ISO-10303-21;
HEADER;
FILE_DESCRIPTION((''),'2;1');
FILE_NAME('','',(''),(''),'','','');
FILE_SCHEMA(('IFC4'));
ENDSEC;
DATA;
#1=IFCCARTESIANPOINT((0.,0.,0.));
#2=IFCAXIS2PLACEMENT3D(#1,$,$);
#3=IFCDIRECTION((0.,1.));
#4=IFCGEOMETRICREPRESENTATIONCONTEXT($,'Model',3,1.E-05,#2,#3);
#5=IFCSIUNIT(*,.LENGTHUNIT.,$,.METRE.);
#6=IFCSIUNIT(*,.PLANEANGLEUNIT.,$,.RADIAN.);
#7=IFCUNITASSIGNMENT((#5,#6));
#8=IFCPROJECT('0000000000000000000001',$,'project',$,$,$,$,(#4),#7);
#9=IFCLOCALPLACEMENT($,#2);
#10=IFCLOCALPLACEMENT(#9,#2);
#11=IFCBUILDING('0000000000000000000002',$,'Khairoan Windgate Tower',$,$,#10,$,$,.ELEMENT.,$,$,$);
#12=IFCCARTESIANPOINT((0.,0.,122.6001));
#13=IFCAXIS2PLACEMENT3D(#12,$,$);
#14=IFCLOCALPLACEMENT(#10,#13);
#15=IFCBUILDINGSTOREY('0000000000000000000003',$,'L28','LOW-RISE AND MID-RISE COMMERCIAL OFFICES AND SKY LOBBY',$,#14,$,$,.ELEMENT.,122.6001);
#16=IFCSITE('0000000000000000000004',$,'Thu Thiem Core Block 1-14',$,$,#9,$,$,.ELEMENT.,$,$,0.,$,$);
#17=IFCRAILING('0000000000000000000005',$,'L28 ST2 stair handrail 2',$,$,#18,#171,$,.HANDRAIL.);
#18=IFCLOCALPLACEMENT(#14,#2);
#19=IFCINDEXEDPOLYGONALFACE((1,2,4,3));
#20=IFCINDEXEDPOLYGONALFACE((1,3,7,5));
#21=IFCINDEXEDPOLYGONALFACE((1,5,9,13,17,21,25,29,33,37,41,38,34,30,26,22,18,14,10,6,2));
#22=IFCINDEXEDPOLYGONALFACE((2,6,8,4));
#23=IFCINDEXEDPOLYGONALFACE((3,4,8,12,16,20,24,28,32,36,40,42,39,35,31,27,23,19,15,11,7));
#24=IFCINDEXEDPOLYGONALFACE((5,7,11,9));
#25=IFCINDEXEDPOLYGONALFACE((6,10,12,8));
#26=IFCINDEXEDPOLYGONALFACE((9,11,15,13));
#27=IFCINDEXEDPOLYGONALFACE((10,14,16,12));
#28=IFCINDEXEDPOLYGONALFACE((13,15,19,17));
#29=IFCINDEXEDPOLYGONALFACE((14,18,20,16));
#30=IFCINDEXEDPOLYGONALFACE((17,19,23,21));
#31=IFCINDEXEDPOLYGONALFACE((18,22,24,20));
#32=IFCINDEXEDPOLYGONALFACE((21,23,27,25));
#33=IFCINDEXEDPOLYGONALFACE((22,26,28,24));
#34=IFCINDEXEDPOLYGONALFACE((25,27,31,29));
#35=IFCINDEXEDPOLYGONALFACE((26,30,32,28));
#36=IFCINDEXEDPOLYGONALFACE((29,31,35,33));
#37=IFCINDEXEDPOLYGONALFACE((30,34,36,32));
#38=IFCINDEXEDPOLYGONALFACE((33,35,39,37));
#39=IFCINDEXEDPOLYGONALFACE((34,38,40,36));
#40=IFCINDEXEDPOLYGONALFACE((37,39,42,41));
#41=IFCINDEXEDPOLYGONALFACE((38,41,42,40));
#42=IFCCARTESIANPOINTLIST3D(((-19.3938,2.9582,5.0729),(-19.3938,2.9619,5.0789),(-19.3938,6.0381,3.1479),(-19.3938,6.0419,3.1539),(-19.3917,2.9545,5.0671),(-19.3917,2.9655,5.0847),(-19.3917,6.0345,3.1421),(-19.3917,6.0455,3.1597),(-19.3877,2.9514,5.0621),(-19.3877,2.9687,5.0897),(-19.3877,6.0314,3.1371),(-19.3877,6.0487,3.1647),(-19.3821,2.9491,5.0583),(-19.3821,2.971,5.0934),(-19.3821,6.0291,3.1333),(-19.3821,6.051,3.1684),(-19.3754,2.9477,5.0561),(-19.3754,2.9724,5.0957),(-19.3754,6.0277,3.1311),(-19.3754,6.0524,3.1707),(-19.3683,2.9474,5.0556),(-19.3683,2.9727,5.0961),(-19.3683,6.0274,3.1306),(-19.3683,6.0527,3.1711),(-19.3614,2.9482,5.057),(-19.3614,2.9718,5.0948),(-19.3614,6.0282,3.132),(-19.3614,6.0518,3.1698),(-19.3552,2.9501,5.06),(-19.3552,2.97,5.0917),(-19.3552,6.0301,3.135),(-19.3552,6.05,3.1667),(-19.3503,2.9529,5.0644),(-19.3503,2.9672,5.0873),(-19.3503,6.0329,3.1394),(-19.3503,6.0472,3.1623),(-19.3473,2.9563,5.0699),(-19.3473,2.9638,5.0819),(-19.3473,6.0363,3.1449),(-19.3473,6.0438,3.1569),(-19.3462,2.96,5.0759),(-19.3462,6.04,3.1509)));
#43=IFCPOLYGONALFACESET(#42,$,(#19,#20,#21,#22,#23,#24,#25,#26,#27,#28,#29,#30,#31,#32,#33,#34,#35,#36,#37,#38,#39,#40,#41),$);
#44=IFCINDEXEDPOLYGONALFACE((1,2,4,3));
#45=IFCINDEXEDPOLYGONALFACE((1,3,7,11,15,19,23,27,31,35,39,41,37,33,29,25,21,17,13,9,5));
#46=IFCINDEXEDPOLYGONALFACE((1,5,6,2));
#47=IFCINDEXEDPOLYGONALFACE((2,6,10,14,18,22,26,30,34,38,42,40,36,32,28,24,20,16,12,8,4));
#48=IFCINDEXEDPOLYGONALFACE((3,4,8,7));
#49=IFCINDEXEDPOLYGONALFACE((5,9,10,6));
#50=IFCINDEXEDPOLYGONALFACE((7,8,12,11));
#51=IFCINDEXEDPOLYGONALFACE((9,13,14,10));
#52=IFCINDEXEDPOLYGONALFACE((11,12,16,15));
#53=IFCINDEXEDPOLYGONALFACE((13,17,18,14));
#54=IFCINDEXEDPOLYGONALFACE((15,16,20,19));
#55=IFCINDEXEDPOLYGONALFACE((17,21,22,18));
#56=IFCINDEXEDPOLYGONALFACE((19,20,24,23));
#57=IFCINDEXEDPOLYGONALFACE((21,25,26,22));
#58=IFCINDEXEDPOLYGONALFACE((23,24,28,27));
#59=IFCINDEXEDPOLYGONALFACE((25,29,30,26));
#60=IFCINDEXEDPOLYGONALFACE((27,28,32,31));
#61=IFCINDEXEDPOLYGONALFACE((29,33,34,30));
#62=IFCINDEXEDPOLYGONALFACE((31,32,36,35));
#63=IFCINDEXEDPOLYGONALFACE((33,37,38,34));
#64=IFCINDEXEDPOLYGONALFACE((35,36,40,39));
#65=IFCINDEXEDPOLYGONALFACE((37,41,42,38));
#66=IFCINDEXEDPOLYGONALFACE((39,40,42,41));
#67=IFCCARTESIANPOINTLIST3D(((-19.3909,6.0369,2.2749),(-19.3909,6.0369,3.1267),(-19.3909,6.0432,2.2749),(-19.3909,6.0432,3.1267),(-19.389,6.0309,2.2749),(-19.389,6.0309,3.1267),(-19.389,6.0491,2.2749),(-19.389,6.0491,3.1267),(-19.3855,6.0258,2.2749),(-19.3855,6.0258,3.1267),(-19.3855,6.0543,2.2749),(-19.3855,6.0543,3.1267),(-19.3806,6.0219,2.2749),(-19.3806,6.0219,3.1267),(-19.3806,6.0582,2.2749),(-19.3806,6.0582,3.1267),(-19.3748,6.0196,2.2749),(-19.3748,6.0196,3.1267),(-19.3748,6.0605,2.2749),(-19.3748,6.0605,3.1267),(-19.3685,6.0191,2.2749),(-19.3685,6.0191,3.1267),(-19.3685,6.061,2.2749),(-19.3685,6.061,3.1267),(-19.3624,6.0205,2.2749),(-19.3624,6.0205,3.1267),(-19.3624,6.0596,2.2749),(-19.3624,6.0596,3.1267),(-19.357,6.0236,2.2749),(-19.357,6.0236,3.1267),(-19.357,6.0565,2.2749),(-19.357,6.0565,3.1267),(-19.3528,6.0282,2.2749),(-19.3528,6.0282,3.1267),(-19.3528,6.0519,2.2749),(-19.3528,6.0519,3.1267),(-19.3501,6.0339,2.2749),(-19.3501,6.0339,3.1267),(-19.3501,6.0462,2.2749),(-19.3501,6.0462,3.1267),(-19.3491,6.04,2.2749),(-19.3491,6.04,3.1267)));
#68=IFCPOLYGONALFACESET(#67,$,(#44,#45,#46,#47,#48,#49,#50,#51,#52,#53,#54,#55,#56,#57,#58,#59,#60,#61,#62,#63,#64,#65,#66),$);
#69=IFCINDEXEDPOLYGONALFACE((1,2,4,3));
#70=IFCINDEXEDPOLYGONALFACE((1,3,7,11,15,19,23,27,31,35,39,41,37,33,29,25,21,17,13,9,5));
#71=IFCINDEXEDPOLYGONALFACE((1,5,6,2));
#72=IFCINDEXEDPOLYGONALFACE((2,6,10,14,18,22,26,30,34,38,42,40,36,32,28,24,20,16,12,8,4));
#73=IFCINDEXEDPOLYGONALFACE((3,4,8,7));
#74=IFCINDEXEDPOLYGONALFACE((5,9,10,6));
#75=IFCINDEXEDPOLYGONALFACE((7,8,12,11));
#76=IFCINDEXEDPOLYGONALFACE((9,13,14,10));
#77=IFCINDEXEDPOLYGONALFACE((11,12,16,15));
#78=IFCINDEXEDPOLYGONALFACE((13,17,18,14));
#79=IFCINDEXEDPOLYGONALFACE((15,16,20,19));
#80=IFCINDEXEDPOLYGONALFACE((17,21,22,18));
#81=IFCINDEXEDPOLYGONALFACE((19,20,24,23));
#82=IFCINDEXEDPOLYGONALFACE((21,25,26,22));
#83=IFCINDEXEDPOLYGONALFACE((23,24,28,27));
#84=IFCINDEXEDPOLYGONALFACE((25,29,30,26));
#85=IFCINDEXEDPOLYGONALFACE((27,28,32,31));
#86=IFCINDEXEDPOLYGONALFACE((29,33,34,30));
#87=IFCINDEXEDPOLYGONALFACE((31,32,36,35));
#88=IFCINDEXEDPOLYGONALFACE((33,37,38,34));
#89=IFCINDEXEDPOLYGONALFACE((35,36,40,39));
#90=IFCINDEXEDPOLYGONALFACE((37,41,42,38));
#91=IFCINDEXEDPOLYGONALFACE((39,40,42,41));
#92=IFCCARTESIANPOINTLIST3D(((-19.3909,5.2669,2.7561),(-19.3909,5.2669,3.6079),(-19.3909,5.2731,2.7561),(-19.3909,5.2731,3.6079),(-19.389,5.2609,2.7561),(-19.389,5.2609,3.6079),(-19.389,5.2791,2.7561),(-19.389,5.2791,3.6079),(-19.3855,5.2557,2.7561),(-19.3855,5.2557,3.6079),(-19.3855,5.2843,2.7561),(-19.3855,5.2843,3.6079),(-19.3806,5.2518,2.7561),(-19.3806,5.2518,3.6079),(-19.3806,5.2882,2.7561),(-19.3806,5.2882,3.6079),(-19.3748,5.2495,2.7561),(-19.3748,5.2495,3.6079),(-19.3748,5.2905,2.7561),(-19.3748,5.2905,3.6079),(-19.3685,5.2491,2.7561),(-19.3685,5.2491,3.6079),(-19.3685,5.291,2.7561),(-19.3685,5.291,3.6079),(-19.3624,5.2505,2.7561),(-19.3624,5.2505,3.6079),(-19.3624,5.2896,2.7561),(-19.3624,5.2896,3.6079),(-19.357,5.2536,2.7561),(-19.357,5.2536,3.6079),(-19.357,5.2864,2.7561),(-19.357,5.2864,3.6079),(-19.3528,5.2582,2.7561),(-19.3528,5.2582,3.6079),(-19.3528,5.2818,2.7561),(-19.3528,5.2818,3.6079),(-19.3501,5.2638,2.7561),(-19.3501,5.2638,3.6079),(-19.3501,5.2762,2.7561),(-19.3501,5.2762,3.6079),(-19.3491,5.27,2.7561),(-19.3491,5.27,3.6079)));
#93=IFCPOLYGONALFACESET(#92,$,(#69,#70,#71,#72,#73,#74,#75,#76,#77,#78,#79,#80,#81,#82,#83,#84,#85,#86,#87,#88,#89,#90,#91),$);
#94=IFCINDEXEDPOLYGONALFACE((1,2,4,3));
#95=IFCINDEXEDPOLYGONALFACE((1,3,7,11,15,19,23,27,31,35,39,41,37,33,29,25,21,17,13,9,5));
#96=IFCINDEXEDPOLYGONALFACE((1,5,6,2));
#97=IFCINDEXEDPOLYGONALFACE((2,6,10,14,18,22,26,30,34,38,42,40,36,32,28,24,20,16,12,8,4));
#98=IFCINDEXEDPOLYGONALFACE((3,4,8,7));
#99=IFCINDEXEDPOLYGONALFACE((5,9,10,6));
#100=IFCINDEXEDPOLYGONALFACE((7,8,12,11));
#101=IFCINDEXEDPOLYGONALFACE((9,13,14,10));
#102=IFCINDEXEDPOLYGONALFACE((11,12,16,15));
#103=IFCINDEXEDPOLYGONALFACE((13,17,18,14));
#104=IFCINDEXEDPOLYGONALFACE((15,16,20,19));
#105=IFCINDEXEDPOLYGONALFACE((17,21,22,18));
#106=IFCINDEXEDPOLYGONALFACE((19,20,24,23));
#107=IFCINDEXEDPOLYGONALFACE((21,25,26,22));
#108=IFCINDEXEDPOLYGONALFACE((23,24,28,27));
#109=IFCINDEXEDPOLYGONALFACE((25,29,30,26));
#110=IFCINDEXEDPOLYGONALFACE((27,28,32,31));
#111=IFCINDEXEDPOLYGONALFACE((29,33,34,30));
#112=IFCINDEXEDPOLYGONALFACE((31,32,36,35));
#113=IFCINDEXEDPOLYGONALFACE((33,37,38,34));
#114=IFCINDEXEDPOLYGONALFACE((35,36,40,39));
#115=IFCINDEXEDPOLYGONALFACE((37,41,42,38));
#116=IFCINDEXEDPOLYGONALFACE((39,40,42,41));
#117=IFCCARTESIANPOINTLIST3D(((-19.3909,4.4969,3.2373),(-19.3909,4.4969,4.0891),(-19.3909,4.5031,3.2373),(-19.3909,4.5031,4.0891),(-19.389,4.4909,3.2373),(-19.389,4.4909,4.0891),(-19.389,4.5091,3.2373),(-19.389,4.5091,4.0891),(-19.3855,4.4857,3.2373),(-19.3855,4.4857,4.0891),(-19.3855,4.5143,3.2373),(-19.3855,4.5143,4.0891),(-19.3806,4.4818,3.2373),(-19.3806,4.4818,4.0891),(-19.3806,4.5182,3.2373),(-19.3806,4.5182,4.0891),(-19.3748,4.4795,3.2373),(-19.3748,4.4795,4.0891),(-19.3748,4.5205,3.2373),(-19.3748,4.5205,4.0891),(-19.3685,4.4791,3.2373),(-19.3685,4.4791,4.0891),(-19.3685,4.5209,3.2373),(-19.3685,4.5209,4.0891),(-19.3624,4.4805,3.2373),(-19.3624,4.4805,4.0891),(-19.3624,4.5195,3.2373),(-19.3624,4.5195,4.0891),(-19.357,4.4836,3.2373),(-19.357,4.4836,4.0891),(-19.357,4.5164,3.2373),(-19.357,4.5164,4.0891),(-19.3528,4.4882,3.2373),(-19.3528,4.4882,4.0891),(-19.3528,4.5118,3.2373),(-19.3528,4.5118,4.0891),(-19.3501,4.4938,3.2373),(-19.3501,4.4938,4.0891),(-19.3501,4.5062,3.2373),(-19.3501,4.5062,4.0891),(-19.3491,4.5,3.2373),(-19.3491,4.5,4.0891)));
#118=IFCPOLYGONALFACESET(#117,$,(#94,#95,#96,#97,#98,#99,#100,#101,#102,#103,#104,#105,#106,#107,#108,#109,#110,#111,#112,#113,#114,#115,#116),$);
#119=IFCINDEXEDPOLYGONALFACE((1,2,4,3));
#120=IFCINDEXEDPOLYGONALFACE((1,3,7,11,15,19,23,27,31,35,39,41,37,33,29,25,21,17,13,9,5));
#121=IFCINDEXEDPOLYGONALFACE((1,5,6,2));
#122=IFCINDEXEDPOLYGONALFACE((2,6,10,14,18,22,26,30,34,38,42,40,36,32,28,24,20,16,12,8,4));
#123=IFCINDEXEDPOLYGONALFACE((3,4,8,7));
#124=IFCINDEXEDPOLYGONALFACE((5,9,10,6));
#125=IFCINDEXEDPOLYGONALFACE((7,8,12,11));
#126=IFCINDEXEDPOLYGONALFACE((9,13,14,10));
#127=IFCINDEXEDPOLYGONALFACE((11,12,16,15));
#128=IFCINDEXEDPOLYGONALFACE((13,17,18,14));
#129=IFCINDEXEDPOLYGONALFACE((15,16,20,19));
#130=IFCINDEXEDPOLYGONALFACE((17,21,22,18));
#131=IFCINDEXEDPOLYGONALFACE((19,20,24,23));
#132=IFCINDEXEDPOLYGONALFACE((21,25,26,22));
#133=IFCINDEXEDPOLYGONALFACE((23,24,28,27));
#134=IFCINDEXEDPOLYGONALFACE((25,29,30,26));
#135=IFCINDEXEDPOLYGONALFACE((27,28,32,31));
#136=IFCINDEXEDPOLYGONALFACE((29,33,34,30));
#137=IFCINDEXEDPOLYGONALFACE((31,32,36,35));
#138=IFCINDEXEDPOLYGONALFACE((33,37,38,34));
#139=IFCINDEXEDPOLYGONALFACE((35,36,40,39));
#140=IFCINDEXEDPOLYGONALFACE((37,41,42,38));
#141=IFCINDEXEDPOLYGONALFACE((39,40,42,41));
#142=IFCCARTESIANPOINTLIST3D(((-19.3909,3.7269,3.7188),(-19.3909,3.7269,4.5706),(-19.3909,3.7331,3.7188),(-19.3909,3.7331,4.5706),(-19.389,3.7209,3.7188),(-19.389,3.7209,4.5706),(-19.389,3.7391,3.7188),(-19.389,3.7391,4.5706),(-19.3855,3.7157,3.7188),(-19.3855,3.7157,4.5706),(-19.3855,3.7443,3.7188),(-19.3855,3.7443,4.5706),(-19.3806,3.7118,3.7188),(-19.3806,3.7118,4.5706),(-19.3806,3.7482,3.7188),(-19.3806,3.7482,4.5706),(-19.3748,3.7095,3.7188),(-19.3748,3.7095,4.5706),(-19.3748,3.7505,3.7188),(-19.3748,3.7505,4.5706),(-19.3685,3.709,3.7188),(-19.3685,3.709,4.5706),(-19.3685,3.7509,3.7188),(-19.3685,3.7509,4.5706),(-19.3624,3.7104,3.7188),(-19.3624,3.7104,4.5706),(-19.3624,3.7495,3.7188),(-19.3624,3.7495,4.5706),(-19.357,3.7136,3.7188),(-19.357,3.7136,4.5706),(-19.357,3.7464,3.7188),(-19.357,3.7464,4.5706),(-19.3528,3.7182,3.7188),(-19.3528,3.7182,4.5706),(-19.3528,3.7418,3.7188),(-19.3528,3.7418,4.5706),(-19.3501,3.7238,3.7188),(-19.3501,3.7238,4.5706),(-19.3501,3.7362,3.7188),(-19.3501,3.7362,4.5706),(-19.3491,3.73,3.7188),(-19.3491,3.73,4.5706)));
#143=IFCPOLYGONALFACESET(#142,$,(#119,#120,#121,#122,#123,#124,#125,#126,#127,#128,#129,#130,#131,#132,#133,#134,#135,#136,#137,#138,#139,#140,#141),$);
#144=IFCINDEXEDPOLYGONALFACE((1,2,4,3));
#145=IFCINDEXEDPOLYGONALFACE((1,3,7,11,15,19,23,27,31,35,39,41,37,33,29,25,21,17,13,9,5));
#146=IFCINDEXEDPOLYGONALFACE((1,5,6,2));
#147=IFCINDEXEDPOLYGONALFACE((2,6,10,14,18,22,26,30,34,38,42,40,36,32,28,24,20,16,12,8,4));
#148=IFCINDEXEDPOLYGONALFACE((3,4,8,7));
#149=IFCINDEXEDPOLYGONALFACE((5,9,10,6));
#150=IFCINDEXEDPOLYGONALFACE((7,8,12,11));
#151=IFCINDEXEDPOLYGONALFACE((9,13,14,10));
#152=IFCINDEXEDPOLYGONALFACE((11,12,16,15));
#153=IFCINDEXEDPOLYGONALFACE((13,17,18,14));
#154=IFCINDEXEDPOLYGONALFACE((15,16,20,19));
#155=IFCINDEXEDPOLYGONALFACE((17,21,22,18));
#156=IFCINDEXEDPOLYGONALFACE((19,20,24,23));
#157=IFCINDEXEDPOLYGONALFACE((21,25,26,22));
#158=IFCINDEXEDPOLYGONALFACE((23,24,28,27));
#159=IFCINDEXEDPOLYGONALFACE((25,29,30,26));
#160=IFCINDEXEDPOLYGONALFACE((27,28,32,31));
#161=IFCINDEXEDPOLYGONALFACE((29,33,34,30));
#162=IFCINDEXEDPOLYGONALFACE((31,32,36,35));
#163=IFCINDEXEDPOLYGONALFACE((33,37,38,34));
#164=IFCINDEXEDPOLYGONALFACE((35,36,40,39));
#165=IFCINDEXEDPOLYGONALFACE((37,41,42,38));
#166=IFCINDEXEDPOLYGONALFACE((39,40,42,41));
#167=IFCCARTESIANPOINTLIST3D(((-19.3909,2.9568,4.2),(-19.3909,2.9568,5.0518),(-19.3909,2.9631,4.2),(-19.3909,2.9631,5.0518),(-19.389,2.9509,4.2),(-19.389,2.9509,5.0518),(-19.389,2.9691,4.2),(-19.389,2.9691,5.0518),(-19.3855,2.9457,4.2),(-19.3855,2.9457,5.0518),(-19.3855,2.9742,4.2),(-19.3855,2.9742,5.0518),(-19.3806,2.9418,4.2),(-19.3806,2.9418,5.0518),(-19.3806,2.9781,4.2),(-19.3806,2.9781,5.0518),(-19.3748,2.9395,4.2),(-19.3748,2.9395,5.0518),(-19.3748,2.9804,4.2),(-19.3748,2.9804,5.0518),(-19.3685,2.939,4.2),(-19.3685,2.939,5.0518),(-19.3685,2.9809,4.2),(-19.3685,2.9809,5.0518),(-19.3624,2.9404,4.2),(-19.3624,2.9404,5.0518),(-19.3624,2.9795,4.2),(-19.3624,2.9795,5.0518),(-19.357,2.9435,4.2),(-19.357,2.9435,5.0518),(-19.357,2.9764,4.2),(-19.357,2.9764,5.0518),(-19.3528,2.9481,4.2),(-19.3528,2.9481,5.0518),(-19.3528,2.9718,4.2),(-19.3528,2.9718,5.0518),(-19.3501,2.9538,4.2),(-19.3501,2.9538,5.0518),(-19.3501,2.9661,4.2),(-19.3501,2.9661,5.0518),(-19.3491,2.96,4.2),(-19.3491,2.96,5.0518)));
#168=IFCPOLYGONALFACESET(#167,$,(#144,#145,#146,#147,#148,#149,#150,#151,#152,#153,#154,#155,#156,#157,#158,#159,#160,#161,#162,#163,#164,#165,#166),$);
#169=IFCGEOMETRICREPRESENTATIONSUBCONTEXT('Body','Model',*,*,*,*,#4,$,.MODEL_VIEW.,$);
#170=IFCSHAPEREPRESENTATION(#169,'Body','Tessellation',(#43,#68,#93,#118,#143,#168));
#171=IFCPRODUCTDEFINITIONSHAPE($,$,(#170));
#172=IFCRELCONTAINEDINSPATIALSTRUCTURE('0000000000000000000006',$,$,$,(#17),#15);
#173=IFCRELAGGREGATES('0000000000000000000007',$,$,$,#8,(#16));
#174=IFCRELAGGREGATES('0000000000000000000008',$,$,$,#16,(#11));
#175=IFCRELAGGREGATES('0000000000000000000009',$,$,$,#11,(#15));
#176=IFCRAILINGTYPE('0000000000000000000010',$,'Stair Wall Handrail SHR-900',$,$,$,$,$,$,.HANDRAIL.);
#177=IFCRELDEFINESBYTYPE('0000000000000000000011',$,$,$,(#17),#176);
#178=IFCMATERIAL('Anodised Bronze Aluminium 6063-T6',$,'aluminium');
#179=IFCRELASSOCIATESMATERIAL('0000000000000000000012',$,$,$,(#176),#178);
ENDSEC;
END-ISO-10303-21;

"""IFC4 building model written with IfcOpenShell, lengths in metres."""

from ifc_helpers import new_model, si_unit, direction, frame, origin, origin_2d, place, context, subcontext, project, spatial, circle, extrude, material, type_object, element, save


model = new_model("IFC4")

# Units and contexts
model_context = context("Model", 3, precision=1e-05, world=origin(), true_north=direction((0.0, 1.0)))
body_context = subcontext(model_context, "Body", "Model", "MODEL_VIEW")
ifc_project = project(units=[si_unit("LENGTHUNIT", "METRE"), si_unit("PLANEANGLEUNIT", "RADIAN")], contexts=[model_context])

# Site, building, storey
site_placement = place(None, origin())
site = spatial("IfcSite", under=ifc_project, at=site_placement, Name="Thu Thiem Core Block 1-14", CompositionType="ELEMENT", RefElevation=0.0)
building_placement = place(site_placement, origin())
building = spatial("IfcBuilding", under=site, at=building_placement, Name="Khairoan Windgate Tower", CompositionType="ELEMENT")
storey_placement = place(building_placement, frame((0.0, 0.0, 122.6001)))
storey = spatial("IfcBuildingStorey", under=building, at=storey_placement, Name="L28", Description="LOW-RISE AND MID-RISE COMMERCIAL OFFICES AND SKY LOBBY", CompositionType="ELEMENT", Elevation=122.6001)

# Railing
ifc_material_1 = material(Name="Anodised Bronze Aluminium 6063-T6", Category="aluminium")
railing_type_1 = type_object("IfcRailingType", Name="Stair Wall Handrail SHR-900", PredefinedType="HANDRAIL", material=ifc_material_1)
railing_1_placement = place(storey_placement, frame((-19.3701, 6.04, 2.2749)))
element("IfcRailing", 1, at=railing_1_placement, inside=storey, type_object=railing_type_1, Name="L28 ST2 stair handrail 2", PredefinedType="HANDRAIL", context=body_context, shape_type="SweptSolid", body=[
    extrude(circle(Radius=0.0239, at=origin_2d()), frame((0.0, 0.0, 0.876), z_axis=(0.0, -0.847998, 0.529999), x_axis=(1.0, 0.0, 0.0)), (0.0, 0.0, 1.0), 3.6321),
    extrude(circle(Radius=0.021, at=origin_2d()), origin(), (0.0, 0.0, 1.0), 0.8518),
    extrude(circle(Radius=0.021, at=origin_2d()), frame((0.0, -0.77, 0.4812)), (0.0, 0.0, 1.0), 0.8518),
    extrude(circle(Radius=0.021, at=origin_2d()), frame((0.0, -1.54, 0.9624)), (0.0, 0.0, 1.0), 0.8518),
    extrude(circle(Radius=0.021, at=origin_2d()), frame((0.0, -2.3101, 1.4438)), (0.0, 0.0, 1.0), 0.8518),
    extrude(circle(Radius=0.021, at=origin_2d()), frame((0.0, -3.0801, 1.925)), (0.0, 0.0, 1.0), 0.8518),
])

save(model, "model.ifc")
